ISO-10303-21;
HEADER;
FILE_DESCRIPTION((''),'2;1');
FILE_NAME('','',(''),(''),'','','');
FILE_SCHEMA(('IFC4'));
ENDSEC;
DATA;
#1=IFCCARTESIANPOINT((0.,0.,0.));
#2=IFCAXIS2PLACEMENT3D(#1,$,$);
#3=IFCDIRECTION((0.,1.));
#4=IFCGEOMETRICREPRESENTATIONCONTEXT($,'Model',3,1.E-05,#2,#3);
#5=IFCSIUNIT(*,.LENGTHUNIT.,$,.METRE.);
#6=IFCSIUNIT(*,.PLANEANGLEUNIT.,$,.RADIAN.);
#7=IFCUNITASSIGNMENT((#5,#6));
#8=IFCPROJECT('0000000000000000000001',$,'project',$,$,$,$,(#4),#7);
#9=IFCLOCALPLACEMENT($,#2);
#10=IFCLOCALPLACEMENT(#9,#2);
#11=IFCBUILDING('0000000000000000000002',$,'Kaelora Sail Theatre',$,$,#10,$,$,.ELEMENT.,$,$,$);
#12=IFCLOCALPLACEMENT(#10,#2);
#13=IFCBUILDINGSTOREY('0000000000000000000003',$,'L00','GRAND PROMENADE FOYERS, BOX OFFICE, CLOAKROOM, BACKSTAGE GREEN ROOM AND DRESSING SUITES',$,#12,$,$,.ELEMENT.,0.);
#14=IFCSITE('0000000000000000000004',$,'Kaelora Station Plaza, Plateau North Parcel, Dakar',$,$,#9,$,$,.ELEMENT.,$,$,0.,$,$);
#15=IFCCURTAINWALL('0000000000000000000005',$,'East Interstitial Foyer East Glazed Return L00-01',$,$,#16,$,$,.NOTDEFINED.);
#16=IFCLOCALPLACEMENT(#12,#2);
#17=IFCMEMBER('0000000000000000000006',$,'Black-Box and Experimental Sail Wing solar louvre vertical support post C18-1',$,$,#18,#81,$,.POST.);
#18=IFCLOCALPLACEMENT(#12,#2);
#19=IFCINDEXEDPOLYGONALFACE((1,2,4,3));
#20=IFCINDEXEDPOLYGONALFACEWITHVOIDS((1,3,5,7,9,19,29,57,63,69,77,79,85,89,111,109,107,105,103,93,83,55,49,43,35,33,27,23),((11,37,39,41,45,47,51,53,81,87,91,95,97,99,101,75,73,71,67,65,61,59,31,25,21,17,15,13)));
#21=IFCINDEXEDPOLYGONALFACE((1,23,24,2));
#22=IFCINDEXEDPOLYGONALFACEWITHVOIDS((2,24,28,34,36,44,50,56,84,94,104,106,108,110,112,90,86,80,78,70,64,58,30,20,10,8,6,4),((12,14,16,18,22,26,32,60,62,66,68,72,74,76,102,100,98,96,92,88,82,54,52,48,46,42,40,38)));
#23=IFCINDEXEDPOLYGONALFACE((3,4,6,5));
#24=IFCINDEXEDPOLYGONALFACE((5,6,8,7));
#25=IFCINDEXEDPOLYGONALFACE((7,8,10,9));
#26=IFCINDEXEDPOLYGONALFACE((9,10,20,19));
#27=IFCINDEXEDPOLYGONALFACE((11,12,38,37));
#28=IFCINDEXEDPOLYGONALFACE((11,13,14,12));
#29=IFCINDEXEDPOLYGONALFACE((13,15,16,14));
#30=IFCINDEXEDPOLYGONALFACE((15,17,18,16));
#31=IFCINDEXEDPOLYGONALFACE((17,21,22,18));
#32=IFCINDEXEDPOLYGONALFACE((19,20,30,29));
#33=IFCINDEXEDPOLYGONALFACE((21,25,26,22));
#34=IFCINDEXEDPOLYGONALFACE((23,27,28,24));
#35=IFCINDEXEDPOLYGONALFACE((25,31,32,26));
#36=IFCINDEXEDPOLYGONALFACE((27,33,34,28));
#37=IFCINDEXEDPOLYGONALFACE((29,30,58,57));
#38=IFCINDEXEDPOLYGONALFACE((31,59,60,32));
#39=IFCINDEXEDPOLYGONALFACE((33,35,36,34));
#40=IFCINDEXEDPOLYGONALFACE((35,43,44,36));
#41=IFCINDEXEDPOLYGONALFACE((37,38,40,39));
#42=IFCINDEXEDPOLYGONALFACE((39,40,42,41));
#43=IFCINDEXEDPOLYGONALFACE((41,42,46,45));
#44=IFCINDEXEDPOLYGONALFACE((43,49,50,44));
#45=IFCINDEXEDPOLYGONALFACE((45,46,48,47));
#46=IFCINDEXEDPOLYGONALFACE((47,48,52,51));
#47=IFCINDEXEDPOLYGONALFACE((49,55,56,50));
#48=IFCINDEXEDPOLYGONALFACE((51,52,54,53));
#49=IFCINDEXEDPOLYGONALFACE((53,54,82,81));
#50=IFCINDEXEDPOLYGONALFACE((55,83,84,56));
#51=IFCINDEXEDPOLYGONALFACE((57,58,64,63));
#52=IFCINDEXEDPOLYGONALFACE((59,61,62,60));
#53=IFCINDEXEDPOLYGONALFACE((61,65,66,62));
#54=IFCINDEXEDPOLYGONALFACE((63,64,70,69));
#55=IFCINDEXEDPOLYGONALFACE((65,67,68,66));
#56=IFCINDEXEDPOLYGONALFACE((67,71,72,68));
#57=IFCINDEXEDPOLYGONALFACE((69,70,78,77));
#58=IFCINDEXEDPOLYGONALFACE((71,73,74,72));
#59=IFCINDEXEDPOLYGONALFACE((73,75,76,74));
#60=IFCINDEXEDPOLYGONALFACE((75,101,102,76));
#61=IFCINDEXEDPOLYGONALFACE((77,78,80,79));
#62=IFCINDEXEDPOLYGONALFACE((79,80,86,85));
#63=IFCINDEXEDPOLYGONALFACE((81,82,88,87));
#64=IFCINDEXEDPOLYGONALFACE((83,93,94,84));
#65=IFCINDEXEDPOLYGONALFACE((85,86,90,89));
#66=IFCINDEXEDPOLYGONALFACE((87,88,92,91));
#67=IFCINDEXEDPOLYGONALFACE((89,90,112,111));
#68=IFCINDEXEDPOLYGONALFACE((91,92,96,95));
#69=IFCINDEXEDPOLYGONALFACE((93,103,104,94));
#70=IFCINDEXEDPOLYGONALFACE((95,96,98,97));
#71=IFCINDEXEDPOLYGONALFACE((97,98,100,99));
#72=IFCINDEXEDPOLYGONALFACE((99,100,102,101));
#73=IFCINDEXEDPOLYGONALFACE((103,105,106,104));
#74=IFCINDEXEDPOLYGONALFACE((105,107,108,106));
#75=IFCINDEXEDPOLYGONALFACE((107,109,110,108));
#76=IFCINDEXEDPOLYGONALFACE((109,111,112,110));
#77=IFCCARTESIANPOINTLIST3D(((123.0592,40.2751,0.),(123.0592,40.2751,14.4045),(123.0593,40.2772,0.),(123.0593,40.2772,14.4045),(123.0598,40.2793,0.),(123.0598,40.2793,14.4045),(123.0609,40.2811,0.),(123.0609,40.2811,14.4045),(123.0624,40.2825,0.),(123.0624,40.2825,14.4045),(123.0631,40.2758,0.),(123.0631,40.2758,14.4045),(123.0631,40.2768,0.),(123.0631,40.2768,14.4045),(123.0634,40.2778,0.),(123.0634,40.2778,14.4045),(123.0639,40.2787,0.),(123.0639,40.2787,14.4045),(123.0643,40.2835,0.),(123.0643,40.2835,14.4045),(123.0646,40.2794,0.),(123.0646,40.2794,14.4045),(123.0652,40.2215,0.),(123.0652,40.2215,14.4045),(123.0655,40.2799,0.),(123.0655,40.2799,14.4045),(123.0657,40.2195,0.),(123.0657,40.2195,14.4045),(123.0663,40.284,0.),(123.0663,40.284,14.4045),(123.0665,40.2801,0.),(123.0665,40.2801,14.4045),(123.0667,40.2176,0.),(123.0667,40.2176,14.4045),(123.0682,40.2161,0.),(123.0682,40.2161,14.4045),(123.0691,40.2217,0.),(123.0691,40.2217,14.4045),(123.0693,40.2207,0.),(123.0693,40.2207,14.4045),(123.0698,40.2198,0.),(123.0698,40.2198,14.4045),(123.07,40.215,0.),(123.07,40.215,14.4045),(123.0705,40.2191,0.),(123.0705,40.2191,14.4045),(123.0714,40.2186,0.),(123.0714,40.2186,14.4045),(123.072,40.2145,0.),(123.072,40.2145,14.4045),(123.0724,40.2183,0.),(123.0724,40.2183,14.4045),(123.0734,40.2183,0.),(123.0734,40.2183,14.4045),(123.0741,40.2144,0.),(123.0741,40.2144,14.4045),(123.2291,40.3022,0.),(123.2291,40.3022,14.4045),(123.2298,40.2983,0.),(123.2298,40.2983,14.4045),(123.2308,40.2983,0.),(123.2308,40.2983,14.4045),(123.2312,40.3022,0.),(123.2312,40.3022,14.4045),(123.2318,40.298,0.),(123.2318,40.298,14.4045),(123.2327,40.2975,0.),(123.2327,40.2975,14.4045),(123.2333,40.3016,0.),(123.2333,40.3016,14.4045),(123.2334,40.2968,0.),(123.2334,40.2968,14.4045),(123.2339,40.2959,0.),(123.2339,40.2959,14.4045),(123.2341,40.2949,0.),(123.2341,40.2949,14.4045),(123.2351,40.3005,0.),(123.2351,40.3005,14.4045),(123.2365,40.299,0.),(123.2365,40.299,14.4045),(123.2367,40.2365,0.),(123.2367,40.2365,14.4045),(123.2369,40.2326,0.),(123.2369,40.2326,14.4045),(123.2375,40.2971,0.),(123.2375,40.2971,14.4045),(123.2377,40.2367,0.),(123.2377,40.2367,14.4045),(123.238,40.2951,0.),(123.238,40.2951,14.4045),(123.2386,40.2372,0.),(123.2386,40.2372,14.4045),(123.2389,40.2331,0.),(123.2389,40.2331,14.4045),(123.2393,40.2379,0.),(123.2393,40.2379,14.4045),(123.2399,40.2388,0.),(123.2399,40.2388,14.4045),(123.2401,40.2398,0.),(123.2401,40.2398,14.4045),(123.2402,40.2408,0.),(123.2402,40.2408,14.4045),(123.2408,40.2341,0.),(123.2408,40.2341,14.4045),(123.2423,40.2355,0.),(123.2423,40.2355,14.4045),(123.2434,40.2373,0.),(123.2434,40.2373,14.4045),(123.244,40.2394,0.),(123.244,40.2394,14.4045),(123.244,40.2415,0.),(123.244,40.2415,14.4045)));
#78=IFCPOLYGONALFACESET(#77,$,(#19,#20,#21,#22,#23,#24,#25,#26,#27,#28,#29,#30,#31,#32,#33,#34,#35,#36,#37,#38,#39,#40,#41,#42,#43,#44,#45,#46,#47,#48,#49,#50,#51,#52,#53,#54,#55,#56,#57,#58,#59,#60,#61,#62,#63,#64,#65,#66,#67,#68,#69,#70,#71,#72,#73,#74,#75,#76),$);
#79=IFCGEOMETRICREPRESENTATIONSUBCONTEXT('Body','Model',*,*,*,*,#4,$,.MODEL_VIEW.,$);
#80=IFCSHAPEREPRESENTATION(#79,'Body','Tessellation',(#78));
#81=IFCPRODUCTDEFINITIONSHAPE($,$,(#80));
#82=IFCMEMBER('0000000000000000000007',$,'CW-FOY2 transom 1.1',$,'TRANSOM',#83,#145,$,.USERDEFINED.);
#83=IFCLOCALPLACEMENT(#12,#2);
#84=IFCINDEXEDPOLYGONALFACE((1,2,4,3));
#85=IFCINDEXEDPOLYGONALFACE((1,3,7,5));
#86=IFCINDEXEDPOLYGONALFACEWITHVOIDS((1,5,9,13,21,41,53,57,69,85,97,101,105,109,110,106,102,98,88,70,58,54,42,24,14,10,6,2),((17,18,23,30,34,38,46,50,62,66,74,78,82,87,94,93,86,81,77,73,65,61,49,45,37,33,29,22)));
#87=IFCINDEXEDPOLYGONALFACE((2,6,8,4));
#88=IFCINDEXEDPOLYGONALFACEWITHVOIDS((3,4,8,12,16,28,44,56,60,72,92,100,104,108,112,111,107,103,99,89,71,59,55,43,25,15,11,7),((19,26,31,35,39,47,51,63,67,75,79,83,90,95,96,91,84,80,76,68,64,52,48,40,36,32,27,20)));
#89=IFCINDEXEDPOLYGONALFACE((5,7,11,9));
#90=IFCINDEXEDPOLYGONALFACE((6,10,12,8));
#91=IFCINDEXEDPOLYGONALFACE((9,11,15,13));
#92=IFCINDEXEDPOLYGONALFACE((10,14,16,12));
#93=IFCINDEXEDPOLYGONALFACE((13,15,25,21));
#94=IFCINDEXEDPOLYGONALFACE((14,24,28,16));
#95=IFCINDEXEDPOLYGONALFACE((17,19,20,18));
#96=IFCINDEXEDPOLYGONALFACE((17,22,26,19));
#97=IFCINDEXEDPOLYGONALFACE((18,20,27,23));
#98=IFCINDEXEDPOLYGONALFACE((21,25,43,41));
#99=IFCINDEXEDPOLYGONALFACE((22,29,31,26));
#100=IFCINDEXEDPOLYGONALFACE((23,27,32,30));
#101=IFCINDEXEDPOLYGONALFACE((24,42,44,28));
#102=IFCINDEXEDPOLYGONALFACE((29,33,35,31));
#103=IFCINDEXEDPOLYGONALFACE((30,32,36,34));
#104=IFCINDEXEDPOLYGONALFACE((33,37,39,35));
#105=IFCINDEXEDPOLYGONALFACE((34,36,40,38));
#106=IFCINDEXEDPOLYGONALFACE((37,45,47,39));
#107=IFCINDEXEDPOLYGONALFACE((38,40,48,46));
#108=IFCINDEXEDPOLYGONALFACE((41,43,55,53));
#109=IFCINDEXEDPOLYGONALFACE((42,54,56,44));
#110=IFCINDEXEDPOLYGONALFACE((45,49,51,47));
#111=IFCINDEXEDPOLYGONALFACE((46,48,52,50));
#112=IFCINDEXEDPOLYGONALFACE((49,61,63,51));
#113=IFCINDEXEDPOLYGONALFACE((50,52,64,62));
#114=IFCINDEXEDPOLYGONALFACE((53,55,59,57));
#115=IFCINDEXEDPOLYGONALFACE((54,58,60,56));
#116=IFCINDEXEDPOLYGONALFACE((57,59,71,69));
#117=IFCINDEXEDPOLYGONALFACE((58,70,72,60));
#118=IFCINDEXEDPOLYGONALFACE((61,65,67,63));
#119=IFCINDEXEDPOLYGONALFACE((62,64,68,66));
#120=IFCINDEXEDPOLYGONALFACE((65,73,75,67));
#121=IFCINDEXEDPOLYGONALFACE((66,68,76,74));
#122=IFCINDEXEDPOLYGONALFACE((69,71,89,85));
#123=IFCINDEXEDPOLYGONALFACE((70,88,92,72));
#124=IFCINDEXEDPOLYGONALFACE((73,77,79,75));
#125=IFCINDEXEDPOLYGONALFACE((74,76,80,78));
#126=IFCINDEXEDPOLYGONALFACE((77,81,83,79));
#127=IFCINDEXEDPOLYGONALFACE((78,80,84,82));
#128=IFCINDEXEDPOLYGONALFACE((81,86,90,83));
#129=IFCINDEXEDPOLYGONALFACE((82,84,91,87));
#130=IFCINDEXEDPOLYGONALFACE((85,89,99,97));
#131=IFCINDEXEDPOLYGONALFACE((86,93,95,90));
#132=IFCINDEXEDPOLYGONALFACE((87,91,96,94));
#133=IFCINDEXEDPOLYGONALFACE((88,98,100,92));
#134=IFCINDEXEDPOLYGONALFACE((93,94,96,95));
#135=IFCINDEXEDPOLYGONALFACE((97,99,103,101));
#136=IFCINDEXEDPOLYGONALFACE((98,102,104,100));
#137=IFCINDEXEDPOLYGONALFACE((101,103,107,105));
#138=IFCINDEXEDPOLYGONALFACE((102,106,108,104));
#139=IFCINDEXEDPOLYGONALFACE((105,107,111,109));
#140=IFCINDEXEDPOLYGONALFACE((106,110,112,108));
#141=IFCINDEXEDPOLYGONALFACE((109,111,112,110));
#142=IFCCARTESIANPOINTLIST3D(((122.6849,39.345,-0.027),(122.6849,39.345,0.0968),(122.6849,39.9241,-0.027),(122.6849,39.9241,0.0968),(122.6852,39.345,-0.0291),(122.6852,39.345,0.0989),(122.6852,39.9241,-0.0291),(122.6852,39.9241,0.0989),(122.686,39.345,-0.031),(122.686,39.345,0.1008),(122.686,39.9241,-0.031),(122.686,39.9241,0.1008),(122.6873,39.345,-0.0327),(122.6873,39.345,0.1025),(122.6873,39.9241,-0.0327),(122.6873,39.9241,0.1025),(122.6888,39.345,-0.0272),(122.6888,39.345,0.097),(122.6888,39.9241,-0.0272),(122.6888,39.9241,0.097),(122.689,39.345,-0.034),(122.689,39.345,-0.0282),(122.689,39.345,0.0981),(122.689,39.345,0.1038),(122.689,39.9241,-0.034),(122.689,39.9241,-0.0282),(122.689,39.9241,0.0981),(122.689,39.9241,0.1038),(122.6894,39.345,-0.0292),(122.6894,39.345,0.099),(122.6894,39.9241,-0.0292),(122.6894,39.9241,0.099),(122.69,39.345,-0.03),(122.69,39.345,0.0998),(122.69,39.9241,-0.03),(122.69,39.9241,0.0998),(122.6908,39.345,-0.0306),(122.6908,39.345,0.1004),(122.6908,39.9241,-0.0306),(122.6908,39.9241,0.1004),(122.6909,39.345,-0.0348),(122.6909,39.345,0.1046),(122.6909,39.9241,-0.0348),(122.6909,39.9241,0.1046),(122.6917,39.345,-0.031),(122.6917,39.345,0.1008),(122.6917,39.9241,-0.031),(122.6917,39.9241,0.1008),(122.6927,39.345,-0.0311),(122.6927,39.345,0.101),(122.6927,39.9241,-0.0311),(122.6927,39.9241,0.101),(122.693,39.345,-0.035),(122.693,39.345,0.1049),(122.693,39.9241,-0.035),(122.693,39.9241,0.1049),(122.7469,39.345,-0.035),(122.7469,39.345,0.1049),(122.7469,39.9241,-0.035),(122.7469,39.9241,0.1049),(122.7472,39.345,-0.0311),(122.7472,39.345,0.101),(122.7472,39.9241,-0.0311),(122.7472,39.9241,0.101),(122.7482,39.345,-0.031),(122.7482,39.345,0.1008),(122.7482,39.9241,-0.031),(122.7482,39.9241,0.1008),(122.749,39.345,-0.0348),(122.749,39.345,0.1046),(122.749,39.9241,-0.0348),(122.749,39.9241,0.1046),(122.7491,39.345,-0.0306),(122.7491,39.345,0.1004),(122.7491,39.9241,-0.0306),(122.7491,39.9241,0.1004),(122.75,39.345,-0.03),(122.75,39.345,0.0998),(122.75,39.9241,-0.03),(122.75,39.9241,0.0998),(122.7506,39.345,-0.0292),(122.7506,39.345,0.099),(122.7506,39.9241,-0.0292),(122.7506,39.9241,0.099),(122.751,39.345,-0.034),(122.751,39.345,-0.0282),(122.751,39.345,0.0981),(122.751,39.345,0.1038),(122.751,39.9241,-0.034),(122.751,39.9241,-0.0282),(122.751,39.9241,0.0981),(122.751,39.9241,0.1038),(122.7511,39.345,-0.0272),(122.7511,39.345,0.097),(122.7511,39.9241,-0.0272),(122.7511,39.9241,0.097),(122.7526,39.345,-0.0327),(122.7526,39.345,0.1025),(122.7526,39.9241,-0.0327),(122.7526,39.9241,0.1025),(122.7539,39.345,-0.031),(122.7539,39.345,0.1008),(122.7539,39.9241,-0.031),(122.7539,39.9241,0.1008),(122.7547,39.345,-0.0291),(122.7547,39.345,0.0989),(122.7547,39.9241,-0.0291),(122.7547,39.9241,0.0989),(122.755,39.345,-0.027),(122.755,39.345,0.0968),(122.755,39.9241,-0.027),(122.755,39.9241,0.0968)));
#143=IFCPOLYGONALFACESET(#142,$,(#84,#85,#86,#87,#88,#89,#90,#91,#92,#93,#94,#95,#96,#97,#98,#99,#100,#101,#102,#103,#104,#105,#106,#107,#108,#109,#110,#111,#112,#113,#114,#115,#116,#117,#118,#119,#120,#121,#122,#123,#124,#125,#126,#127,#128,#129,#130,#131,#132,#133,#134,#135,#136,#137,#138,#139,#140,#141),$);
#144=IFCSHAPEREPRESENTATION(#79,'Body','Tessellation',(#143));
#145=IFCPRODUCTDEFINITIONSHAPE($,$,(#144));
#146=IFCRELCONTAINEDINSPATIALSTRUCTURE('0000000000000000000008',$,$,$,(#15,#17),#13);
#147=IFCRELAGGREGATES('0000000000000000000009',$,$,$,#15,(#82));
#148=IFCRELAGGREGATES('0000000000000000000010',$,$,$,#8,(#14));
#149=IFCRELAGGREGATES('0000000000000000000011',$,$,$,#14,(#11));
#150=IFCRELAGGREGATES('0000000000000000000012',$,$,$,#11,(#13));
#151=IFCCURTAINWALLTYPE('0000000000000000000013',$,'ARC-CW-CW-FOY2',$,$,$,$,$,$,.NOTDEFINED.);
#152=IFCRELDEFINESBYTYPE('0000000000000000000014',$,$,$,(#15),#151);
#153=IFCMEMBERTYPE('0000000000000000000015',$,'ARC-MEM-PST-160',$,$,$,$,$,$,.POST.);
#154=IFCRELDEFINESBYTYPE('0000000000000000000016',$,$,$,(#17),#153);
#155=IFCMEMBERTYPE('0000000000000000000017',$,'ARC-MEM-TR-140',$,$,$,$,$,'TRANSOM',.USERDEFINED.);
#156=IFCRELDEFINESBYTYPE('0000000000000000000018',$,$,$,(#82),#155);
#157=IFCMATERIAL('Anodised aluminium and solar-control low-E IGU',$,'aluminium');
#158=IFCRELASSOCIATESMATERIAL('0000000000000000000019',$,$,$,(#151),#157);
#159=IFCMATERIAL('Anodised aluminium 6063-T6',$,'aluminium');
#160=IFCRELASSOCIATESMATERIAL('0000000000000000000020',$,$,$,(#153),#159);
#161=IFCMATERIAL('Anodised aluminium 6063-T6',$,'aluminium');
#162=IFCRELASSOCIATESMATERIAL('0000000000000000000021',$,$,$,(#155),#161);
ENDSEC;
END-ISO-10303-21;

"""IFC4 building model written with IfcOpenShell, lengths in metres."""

from ifc_helpers import new_model, si_unit, direction, frame, origin, origin_2d, place, context, subcontext, project, spatial, hollow_rectangle, extrude, material, material_profile, profile_set, type_object, element, aggregate, save


model = new_model("IFC4")

# Units and contexts
model_context = context("Model", 3, precision=1e-05, world=origin(), true_north=direction((0.0, 1.0)))
body_context = subcontext(model_context, "Body", "Model", "MODEL_VIEW")
ifc_project = project(units=[si_unit("LENGTHUNIT", "METRE"), si_unit("PLANEANGLEUNIT", "RADIAN")], contexts=[model_context])

# Site, building, storey
site_placement = place(None, origin())
site = spatial("IfcSite", under=ifc_project, at=site_placement, Name="Kaelora Station Plaza, Plateau North Parcel, Dakar", CompositionType="ELEMENT", RefElevation=0.0)
building_placement = place(site_placement, origin())
building = spatial("IfcBuilding", under=site, at=building_placement, Name="Kaelora Sail Theatre", CompositionType="ELEMENT")
storey_placement = place(building_placement, origin())
storey = spatial("IfcBuildingStorey", under=building, at=storey_placement, Name="L00", Description="GRAND PROMENADE FOYERS, BOX OFFICE, CLOAKROOM, BACKSTAGE GREEN ROOM AND DRESSING SUITES", CompositionType="ELEMENT", Elevation=0.0)

# Curtain wall
ifc_material_1 = material(Name="Anodised aluminium and solar-control low-E IGU", Category="aluminium")
curtain_wall_type = type_object("IfcCurtainWallType", Name="ARC-CW-CW-FOY2", PredefinedType="NOTDEFINED", material=ifc_material_1)
curtain_wall_placement = place(storey_placement, origin())
curtain_wall = element("IfcCurtainWall", 1, at=curtain_wall_placement, inside=storey, type_object=curtain_wall_type, Name="East Interstitial Foyer East Glazed Return L00-01", PredefinedType="NOTDEFINED")

# Members
ifc_material_2 = material(Name="Anodised aluminium 6063-T6", Category="aluminium")
ifc_material_profile_1 = material_profile(ifc_material_2, hollow_rectangle(XDim=0.0701, YDim=0.1799, WallThickness=0.0039, InnerFilletRadius=0.0039, OuterFilletRadius=0.0081, at=origin_2d()), Name="ALU-MULL 70x180x4")
ifc_profile_set_1 = profile_set([ifc_material_profile_1], Name="Anodised aluminium 6063-T6")
member_type_1 = type_object("IfcMemberType", Name="ARC-MEM-PST-160", PredefinedType="POST", material=ifc_profile_set_1)
member_1_placement = place(storey_placement, frame((123.1516, 40.2583, 0.0), z_axis=(0.0, 0.0, 1.0), x_axis=(-0.110775, 0.993845, 0.0)))
element("IfcMember", 2, at=member_1_placement, inside=storey, type_object=member_type_1, Name="Black-Box and Experimental Sail Wing solar louvre vertical support post C18-1", PredefinedType="POST", context=body_context, shape_type="SweptSolid", body=[
    extrude(hollow_rectangle(XDim=0.0701, YDim=0.1799, WallThickness=0.0039, InnerFilletRadius=0.0039, OuterFilletRadius=0.0081, at=origin_2d()), origin(), (0.0, 0.0, 1.0), 14.4045),
])
ifc_material_3 = material(Name="Anodised aluminium 6063-T6", Category="aluminium")
ifc_material_profile_2 = material_profile(ifc_material_3, hollow_rectangle(XDim=0.0701, YDim=0.1399, WallThickness=0.0039, InnerFilletRadius=0.0039, OuterFilletRadius=0.0081, at=origin_2d()), Name="ALU-TRAN 70x140x4")
ifc_profile_set_2 = profile_set([ifc_material_profile_2], Name="Anodised aluminium 6063-T6")
member_type_2 = type_object("IfcMemberType", Name="ARC-MEM-TR-140", ElementType="TRANSOM", PredefinedType="USERDEFINED", material=ifc_profile_set_2)
member_2_placement = place(storey_placement, frame((122.72, 39.345, 0.0349), z_axis=(0.0, 1.0, 0.0), x_axis=(-1.0, 0.0, 0.0)))
member_2 = element("IfcMember", 3, at=member_2_placement, type_object=member_type_2, Name="CW-FOY2 transom 1.1", ObjectType="TRANSOM", PredefinedType="USERDEFINED", context=body_context, shape_type="SweptSolid", body=[
    extrude(hollow_rectangle(XDim=0.0701, YDim=0.1399, WallThickness=0.0039, InnerFilletRadius=0.0039, OuterFilletRadius=0.0081, at=origin_2d()), origin(), (0.0, 0.0, 1.0), 0.5791),
])

aggregate(curtain_wall, [member_2])

save(model, "model.ifc")
